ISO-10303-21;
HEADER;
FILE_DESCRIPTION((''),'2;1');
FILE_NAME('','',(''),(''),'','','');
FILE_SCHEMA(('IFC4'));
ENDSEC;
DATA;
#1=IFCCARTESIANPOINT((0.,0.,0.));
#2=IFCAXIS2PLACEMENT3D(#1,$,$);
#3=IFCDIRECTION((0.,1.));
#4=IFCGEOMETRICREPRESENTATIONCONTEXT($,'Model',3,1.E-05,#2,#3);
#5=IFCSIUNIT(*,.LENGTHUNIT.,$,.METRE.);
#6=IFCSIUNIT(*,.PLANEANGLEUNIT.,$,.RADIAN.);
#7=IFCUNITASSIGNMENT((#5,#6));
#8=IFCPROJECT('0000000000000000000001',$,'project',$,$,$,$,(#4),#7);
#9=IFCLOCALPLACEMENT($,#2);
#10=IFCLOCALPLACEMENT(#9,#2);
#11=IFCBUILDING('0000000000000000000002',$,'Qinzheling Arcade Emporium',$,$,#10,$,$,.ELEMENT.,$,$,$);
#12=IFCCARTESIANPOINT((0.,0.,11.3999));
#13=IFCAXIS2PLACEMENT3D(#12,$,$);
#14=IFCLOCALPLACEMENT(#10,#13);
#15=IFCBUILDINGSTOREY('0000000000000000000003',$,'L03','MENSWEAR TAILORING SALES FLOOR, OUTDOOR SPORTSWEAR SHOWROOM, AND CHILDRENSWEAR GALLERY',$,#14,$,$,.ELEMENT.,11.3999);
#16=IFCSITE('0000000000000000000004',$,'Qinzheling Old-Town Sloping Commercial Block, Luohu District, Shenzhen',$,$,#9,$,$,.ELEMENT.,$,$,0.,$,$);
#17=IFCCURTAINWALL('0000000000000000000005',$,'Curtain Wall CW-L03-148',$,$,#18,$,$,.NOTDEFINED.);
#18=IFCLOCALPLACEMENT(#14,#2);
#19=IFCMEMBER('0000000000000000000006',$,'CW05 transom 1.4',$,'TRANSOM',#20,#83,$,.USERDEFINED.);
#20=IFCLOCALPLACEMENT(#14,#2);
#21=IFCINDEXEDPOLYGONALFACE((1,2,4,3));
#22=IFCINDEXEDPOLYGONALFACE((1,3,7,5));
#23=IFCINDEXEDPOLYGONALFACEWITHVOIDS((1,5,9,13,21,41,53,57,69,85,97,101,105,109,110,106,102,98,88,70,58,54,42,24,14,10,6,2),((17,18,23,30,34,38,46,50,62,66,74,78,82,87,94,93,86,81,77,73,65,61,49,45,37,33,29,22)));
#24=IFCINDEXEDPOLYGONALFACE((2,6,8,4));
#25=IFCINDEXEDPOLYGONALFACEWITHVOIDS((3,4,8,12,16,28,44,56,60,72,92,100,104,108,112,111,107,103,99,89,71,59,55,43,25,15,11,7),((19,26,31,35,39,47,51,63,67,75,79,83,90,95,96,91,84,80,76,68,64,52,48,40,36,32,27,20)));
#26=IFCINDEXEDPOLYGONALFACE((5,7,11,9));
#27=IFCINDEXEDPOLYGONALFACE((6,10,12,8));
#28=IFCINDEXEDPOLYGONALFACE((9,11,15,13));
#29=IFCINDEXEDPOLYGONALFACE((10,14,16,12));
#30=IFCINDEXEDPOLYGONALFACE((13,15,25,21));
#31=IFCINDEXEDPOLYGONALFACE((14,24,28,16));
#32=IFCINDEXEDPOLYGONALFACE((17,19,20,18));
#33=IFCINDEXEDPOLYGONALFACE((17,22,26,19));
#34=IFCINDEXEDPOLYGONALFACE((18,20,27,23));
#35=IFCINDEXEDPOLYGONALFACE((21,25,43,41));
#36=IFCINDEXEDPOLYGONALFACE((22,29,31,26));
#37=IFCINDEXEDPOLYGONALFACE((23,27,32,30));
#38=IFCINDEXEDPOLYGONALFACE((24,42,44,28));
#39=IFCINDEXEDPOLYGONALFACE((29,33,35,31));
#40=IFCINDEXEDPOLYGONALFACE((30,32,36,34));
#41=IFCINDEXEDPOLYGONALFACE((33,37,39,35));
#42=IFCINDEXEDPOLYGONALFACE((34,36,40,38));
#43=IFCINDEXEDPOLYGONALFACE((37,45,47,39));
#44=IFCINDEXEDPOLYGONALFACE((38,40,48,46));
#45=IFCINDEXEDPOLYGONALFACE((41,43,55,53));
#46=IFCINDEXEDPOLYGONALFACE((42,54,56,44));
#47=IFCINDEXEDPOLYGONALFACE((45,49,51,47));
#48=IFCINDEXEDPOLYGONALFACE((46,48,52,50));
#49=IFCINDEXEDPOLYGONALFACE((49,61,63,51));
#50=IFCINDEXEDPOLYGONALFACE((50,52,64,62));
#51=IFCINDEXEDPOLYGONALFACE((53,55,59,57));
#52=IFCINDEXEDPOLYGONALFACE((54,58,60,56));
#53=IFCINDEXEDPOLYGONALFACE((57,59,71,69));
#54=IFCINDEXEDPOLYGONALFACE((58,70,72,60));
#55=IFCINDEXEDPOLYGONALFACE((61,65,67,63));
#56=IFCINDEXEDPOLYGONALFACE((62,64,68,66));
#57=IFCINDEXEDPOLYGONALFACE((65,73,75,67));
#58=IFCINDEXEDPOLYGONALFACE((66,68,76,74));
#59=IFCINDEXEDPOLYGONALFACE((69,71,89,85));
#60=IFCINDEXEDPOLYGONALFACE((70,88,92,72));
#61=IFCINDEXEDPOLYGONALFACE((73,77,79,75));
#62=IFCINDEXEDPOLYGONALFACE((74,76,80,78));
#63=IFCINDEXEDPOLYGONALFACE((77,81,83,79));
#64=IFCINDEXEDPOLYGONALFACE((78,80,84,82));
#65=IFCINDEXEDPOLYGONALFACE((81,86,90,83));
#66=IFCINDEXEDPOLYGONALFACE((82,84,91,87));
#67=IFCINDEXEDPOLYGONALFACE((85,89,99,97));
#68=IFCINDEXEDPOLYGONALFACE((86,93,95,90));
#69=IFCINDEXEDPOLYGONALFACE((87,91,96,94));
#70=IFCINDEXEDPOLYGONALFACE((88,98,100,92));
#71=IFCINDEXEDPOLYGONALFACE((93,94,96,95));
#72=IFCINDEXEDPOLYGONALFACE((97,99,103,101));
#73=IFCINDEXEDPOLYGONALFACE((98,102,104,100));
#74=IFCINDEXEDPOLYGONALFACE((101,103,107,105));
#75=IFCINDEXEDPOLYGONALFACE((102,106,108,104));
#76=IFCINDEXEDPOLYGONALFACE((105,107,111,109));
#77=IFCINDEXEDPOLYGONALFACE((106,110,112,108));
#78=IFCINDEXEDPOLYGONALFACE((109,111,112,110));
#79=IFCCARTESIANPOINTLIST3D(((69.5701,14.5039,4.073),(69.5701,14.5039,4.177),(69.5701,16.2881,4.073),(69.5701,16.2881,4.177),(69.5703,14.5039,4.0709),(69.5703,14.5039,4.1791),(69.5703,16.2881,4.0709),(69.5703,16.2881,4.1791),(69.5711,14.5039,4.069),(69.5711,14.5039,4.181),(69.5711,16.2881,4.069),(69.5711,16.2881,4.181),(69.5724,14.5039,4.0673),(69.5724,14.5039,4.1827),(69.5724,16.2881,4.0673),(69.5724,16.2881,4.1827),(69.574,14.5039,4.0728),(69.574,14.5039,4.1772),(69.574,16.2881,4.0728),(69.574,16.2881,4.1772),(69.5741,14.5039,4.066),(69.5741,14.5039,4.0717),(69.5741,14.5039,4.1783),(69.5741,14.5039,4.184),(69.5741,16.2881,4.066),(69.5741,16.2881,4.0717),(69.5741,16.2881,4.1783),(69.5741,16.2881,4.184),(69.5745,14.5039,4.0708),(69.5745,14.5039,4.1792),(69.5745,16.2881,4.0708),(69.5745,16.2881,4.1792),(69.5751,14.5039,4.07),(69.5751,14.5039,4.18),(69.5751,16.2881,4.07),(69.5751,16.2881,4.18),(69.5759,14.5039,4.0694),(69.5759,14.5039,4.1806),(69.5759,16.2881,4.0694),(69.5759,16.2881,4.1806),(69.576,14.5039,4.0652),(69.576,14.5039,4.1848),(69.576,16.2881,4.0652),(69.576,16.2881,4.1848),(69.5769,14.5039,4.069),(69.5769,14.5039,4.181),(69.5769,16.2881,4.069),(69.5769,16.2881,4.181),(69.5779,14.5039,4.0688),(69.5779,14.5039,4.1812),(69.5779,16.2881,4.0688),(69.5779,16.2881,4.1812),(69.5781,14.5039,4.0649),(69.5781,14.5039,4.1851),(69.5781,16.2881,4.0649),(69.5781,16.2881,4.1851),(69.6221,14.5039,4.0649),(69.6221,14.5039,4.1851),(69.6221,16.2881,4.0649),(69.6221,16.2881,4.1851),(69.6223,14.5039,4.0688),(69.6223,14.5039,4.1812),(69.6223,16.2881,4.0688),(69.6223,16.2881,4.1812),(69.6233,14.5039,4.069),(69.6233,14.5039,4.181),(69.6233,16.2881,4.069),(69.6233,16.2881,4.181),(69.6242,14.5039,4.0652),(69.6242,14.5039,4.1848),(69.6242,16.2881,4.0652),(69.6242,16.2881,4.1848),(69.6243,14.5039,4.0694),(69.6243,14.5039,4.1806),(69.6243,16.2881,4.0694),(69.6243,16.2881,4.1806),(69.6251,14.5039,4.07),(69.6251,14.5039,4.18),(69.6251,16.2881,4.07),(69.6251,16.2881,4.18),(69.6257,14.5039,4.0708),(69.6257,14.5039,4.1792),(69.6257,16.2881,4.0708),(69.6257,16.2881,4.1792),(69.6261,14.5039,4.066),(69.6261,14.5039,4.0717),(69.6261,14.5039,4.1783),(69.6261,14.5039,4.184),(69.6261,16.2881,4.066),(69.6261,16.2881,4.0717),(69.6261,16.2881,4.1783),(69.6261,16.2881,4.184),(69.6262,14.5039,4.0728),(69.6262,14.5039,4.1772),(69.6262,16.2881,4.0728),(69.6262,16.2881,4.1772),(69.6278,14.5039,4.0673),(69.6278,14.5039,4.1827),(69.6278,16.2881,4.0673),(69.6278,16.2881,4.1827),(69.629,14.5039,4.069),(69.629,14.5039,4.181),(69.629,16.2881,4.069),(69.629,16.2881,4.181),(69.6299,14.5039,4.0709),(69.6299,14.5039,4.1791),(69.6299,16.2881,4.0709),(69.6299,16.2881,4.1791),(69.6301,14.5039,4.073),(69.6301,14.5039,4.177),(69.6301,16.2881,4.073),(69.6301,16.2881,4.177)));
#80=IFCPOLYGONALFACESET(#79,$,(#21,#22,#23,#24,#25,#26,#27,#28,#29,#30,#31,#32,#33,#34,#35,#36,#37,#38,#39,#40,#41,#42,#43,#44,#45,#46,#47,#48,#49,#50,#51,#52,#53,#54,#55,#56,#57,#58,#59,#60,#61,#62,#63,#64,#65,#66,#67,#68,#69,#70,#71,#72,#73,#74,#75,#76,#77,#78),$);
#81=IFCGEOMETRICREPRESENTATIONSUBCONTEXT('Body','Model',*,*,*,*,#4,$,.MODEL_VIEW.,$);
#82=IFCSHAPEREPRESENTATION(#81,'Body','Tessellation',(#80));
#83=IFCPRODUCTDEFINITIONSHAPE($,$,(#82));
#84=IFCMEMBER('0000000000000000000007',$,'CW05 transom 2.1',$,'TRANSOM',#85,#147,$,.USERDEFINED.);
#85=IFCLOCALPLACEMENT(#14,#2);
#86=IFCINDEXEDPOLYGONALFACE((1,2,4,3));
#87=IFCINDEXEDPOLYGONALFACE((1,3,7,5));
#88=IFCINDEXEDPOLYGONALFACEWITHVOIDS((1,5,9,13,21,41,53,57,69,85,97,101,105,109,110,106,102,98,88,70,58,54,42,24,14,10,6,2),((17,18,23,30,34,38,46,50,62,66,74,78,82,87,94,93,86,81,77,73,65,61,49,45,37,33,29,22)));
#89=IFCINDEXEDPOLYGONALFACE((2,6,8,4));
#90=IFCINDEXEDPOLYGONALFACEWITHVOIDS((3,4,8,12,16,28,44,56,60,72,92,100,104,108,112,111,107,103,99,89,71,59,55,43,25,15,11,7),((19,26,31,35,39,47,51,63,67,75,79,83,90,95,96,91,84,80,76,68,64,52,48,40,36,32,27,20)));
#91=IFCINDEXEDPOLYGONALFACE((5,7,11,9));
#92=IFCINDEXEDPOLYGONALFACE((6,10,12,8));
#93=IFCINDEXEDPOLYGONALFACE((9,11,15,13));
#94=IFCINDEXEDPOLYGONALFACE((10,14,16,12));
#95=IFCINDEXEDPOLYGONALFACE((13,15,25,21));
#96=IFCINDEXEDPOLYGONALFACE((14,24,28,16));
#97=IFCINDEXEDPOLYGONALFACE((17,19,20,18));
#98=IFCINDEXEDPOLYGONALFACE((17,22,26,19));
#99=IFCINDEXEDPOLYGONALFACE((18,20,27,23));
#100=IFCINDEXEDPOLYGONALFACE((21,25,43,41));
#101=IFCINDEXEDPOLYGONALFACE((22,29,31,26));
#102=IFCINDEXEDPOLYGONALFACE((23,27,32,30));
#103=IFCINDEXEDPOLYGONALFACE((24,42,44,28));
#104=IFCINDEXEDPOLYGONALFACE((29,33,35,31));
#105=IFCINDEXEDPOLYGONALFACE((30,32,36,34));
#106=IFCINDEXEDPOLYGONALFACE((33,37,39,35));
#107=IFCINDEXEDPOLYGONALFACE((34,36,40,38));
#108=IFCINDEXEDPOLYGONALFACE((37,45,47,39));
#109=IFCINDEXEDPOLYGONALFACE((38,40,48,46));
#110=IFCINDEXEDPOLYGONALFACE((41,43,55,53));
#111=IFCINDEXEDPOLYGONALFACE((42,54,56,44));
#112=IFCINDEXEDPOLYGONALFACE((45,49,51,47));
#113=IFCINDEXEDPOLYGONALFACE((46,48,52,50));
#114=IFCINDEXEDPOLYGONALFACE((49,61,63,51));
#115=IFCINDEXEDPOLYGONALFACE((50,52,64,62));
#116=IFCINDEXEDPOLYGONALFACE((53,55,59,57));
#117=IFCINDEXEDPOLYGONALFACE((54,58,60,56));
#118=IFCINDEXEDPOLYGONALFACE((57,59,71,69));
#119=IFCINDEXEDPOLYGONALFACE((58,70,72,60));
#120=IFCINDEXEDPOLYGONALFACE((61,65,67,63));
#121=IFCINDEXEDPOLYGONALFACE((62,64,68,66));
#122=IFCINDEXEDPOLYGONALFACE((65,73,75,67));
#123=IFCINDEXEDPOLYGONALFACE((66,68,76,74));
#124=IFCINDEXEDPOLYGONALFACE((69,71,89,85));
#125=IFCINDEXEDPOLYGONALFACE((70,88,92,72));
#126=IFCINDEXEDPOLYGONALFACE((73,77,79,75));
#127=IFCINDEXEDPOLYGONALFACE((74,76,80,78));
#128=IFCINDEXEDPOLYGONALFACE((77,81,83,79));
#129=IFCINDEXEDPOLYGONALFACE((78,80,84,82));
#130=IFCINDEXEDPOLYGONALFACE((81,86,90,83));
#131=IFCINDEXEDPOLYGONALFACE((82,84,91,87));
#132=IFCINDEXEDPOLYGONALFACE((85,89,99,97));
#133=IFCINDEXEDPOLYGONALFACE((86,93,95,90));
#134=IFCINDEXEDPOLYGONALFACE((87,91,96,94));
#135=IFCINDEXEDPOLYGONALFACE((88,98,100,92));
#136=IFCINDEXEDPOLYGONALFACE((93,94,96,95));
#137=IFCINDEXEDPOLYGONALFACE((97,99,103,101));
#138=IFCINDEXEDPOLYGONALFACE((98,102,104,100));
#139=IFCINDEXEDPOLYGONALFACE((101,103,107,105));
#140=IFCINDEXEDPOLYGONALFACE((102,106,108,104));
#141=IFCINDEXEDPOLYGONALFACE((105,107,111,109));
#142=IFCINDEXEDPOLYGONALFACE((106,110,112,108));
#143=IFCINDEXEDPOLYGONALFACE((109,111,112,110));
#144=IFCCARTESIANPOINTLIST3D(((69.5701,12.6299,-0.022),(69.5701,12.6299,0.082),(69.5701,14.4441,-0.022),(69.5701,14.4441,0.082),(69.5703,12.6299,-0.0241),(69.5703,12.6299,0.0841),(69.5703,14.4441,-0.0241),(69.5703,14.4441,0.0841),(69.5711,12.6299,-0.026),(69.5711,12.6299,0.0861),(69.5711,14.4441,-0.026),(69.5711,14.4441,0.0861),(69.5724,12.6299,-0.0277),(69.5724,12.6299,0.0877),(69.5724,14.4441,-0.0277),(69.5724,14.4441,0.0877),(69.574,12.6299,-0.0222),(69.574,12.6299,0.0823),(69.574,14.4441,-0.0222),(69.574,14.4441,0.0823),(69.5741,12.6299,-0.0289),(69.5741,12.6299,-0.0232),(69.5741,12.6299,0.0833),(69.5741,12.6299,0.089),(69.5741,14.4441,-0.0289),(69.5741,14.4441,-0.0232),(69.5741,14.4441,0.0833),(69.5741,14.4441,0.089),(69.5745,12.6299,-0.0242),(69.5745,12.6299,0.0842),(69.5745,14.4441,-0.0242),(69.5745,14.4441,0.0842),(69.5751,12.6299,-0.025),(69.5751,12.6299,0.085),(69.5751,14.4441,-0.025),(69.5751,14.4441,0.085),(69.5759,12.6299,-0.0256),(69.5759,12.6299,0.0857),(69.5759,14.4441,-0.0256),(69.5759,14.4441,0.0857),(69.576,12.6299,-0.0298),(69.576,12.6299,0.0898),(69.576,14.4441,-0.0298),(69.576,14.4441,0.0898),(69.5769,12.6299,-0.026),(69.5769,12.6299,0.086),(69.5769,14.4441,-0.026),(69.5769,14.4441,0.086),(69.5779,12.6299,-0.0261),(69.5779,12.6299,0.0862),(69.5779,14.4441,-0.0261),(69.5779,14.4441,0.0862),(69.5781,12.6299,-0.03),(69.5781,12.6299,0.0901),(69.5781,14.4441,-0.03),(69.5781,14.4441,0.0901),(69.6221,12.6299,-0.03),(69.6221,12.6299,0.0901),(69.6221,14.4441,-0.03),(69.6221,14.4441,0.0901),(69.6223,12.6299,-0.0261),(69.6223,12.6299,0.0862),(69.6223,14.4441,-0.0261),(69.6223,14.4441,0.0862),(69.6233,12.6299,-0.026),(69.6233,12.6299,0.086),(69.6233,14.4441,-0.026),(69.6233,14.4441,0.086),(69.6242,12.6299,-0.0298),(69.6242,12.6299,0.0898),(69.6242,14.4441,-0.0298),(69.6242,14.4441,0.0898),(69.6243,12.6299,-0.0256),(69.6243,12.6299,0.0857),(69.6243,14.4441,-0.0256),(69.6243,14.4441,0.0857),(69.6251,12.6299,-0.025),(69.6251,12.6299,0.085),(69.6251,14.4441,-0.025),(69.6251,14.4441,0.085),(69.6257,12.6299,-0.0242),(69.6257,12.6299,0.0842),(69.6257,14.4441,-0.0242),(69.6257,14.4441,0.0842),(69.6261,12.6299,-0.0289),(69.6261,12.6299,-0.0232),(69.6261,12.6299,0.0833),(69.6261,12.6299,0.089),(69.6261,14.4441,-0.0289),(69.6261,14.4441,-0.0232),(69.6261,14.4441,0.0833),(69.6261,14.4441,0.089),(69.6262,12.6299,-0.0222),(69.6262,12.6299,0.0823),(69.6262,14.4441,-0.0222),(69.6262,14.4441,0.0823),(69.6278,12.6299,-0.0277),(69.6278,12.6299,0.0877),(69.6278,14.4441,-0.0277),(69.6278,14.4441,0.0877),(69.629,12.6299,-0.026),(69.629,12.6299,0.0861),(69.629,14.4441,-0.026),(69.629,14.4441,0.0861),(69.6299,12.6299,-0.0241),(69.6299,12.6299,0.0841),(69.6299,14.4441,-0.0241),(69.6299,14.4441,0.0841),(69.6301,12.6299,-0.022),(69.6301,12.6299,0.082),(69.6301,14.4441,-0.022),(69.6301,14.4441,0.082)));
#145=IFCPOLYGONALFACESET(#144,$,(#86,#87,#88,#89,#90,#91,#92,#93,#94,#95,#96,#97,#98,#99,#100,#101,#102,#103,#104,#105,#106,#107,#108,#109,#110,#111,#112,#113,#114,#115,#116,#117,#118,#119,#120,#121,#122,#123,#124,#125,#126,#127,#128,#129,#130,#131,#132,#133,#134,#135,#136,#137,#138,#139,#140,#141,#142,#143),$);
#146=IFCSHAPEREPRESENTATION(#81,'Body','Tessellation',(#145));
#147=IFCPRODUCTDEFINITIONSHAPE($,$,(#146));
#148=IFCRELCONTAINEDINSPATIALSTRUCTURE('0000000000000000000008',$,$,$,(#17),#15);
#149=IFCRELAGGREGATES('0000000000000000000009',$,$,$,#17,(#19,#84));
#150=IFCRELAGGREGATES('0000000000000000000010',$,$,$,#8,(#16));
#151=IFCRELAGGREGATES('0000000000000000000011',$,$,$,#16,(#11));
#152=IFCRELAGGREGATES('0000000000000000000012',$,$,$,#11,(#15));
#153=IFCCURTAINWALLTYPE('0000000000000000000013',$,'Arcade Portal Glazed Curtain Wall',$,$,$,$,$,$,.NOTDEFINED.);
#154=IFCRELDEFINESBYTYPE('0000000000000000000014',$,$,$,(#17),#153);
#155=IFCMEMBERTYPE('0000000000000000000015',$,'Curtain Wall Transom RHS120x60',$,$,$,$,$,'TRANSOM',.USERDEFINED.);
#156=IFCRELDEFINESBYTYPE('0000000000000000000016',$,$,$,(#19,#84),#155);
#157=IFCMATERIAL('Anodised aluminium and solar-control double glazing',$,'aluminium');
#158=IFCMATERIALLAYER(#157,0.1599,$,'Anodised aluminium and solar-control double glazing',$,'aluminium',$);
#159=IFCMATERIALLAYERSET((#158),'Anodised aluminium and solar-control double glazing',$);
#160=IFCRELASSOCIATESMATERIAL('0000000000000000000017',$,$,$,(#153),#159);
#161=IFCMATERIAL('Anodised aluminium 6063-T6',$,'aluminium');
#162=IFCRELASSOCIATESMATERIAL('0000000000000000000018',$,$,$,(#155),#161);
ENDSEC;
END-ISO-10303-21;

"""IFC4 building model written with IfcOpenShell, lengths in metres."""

from ifc_helpers import new_model, si_unit, direction, frame, origin, origin_2d, place, context, subcontext, project, spatial, hollow_rectangle, extrude, material, layer, layer_set, material_profile, profile_set, type_object, element, aggregate, save


model = new_model("IFC4")

# Units and contexts
model_context = context("Model", 3, precision=1e-05, world=origin(), true_north=direction((0.0, 1.0)))
body_context = subcontext(model_context, "Body", "Model", "MODEL_VIEW")
ifc_project = project(units=[si_unit("LENGTHUNIT", "METRE"), si_unit("PLANEANGLEUNIT", "RADIAN")], contexts=[model_context])

# Site, building, storey
site_placement = place(None, origin())
site = spatial("IfcSite", under=ifc_project, at=site_placement, Name="Qinzheling Old-Town Sloping Commercial Block, Luohu District, Shenzhen", CompositionType="ELEMENT", RefElevation=0.0)
building_placement = place(site_placement, origin())
building = spatial("IfcBuilding", under=site, at=building_placement, Name="Qinzheling Arcade Emporium", CompositionType="ELEMENT")
storey_placement = place(building_placement, frame((0.0, 0.0, 11.3999)))
storey = spatial("IfcBuildingStorey", under=building, at=storey_placement, Name="L03", Description="MENSWEAR TAILORING SALES FLOOR, OUTDOOR SPORTSWEAR SHOWROOM, AND CHILDRENSWEAR GALLERY", CompositionType="ELEMENT", Elevation=11.3999)

# Shared definitions
ifc_material_1 = material(Name="Anodised aluminium and solar-control double glazing", Category="aluminium")
ifc_layer_1 = layer(ifc_material_1, 0.1599, Name="Anodised aluminium and solar-control double glazing", Category="aluminium")
ifc_layer_set_1 = layer_set([ifc_layer_1], Name="Anodised aluminium and solar-control double glazing")
curtain_wall_type = type_object("IfcCurtainWallType", Name="Arcade Portal Glazed Curtain Wall", PredefinedType="NOTDEFINED", material=ifc_layer_set_1)
ifc_material_2 = material(Name="Anodised aluminium 6063-T6", Category="aluminium")

# Curtain wall, members
curtain_wall_1_placement = place(storey_placement, origin())
curtain_wall_1 = element("IfcCurtainWall", 1, at=curtain_wall_1_placement, inside=storey, type_object=curtain_wall_type, Name="Curtain Wall CW-L03-148", PredefinedType="NOTDEFINED")
ifc_material_profile_1 = material_profile(ifc_material_2, hollow_rectangle(XDim=0.0601, YDim=0.1201, WallThickness=0.0039, InnerFilletRadius=0.0039, OuterFilletRadius=0.0081, at=origin_2d()), Name="RHS 120x60x4", Category="aluminium")
ifc_profile_set_1 = profile_set([ifc_material_profile_1], Name="Anodised aluminium 6063-T6")
member_type_1 = type_object("IfcMemberType", Name="Curtain Wall Transom RHS120x60", ElementType="TRANSOM", PredefinedType="USERDEFINED", material=ifc_profile_set_1)
member_1_placement = place(storey_placement, frame((69.6001, 16.2881, 4.125), z_axis=(0.0, -1.0, 0.0), x_axis=(1.0, 0.0, 0.0)))
member_1 = element("IfcMember", 2, at=member_1_placement, type_object=member_type_1, Name="CW05 transom 1.4", ObjectType="TRANSOM", PredefinedType="USERDEFINED", context=body_context, shape_type="SweptSolid", body=[
    extrude(hollow_rectangle(XDim=0.0601, YDim=0.1201, WallThickness=0.0039, InnerFilletRadius=0.0039, OuterFilletRadius=0.0081, at=origin_2d()), origin(), (0.0, 0.0, 1.0), 1.7842),
])
member_2_placement = place(storey_placement, frame((69.6001, 14.4441, 0.03), z_axis=(0.0, -1.0, 0.0), x_axis=(1.0, 0.0, 0.0)))
member_2 = element("IfcMember", 3, at=member_2_placement, type_object=member_type_1, Name="CW05 transom 2.1", ObjectType="TRANSOM", PredefinedType="USERDEFINED", context=body_context, shape_type="SweptSolid", body=[
    extrude(hollow_rectangle(XDim=0.0601, YDim=0.1201, WallThickness=0.0039, InnerFilletRadius=0.0039, OuterFilletRadius=0.0081, at=origin_2d()), origin(), (0.0, 0.0, 1.0), 1.8142),
])

aggregate(curtain_wall_1, [member_1, member_2])

save(model, "model.ifc")
